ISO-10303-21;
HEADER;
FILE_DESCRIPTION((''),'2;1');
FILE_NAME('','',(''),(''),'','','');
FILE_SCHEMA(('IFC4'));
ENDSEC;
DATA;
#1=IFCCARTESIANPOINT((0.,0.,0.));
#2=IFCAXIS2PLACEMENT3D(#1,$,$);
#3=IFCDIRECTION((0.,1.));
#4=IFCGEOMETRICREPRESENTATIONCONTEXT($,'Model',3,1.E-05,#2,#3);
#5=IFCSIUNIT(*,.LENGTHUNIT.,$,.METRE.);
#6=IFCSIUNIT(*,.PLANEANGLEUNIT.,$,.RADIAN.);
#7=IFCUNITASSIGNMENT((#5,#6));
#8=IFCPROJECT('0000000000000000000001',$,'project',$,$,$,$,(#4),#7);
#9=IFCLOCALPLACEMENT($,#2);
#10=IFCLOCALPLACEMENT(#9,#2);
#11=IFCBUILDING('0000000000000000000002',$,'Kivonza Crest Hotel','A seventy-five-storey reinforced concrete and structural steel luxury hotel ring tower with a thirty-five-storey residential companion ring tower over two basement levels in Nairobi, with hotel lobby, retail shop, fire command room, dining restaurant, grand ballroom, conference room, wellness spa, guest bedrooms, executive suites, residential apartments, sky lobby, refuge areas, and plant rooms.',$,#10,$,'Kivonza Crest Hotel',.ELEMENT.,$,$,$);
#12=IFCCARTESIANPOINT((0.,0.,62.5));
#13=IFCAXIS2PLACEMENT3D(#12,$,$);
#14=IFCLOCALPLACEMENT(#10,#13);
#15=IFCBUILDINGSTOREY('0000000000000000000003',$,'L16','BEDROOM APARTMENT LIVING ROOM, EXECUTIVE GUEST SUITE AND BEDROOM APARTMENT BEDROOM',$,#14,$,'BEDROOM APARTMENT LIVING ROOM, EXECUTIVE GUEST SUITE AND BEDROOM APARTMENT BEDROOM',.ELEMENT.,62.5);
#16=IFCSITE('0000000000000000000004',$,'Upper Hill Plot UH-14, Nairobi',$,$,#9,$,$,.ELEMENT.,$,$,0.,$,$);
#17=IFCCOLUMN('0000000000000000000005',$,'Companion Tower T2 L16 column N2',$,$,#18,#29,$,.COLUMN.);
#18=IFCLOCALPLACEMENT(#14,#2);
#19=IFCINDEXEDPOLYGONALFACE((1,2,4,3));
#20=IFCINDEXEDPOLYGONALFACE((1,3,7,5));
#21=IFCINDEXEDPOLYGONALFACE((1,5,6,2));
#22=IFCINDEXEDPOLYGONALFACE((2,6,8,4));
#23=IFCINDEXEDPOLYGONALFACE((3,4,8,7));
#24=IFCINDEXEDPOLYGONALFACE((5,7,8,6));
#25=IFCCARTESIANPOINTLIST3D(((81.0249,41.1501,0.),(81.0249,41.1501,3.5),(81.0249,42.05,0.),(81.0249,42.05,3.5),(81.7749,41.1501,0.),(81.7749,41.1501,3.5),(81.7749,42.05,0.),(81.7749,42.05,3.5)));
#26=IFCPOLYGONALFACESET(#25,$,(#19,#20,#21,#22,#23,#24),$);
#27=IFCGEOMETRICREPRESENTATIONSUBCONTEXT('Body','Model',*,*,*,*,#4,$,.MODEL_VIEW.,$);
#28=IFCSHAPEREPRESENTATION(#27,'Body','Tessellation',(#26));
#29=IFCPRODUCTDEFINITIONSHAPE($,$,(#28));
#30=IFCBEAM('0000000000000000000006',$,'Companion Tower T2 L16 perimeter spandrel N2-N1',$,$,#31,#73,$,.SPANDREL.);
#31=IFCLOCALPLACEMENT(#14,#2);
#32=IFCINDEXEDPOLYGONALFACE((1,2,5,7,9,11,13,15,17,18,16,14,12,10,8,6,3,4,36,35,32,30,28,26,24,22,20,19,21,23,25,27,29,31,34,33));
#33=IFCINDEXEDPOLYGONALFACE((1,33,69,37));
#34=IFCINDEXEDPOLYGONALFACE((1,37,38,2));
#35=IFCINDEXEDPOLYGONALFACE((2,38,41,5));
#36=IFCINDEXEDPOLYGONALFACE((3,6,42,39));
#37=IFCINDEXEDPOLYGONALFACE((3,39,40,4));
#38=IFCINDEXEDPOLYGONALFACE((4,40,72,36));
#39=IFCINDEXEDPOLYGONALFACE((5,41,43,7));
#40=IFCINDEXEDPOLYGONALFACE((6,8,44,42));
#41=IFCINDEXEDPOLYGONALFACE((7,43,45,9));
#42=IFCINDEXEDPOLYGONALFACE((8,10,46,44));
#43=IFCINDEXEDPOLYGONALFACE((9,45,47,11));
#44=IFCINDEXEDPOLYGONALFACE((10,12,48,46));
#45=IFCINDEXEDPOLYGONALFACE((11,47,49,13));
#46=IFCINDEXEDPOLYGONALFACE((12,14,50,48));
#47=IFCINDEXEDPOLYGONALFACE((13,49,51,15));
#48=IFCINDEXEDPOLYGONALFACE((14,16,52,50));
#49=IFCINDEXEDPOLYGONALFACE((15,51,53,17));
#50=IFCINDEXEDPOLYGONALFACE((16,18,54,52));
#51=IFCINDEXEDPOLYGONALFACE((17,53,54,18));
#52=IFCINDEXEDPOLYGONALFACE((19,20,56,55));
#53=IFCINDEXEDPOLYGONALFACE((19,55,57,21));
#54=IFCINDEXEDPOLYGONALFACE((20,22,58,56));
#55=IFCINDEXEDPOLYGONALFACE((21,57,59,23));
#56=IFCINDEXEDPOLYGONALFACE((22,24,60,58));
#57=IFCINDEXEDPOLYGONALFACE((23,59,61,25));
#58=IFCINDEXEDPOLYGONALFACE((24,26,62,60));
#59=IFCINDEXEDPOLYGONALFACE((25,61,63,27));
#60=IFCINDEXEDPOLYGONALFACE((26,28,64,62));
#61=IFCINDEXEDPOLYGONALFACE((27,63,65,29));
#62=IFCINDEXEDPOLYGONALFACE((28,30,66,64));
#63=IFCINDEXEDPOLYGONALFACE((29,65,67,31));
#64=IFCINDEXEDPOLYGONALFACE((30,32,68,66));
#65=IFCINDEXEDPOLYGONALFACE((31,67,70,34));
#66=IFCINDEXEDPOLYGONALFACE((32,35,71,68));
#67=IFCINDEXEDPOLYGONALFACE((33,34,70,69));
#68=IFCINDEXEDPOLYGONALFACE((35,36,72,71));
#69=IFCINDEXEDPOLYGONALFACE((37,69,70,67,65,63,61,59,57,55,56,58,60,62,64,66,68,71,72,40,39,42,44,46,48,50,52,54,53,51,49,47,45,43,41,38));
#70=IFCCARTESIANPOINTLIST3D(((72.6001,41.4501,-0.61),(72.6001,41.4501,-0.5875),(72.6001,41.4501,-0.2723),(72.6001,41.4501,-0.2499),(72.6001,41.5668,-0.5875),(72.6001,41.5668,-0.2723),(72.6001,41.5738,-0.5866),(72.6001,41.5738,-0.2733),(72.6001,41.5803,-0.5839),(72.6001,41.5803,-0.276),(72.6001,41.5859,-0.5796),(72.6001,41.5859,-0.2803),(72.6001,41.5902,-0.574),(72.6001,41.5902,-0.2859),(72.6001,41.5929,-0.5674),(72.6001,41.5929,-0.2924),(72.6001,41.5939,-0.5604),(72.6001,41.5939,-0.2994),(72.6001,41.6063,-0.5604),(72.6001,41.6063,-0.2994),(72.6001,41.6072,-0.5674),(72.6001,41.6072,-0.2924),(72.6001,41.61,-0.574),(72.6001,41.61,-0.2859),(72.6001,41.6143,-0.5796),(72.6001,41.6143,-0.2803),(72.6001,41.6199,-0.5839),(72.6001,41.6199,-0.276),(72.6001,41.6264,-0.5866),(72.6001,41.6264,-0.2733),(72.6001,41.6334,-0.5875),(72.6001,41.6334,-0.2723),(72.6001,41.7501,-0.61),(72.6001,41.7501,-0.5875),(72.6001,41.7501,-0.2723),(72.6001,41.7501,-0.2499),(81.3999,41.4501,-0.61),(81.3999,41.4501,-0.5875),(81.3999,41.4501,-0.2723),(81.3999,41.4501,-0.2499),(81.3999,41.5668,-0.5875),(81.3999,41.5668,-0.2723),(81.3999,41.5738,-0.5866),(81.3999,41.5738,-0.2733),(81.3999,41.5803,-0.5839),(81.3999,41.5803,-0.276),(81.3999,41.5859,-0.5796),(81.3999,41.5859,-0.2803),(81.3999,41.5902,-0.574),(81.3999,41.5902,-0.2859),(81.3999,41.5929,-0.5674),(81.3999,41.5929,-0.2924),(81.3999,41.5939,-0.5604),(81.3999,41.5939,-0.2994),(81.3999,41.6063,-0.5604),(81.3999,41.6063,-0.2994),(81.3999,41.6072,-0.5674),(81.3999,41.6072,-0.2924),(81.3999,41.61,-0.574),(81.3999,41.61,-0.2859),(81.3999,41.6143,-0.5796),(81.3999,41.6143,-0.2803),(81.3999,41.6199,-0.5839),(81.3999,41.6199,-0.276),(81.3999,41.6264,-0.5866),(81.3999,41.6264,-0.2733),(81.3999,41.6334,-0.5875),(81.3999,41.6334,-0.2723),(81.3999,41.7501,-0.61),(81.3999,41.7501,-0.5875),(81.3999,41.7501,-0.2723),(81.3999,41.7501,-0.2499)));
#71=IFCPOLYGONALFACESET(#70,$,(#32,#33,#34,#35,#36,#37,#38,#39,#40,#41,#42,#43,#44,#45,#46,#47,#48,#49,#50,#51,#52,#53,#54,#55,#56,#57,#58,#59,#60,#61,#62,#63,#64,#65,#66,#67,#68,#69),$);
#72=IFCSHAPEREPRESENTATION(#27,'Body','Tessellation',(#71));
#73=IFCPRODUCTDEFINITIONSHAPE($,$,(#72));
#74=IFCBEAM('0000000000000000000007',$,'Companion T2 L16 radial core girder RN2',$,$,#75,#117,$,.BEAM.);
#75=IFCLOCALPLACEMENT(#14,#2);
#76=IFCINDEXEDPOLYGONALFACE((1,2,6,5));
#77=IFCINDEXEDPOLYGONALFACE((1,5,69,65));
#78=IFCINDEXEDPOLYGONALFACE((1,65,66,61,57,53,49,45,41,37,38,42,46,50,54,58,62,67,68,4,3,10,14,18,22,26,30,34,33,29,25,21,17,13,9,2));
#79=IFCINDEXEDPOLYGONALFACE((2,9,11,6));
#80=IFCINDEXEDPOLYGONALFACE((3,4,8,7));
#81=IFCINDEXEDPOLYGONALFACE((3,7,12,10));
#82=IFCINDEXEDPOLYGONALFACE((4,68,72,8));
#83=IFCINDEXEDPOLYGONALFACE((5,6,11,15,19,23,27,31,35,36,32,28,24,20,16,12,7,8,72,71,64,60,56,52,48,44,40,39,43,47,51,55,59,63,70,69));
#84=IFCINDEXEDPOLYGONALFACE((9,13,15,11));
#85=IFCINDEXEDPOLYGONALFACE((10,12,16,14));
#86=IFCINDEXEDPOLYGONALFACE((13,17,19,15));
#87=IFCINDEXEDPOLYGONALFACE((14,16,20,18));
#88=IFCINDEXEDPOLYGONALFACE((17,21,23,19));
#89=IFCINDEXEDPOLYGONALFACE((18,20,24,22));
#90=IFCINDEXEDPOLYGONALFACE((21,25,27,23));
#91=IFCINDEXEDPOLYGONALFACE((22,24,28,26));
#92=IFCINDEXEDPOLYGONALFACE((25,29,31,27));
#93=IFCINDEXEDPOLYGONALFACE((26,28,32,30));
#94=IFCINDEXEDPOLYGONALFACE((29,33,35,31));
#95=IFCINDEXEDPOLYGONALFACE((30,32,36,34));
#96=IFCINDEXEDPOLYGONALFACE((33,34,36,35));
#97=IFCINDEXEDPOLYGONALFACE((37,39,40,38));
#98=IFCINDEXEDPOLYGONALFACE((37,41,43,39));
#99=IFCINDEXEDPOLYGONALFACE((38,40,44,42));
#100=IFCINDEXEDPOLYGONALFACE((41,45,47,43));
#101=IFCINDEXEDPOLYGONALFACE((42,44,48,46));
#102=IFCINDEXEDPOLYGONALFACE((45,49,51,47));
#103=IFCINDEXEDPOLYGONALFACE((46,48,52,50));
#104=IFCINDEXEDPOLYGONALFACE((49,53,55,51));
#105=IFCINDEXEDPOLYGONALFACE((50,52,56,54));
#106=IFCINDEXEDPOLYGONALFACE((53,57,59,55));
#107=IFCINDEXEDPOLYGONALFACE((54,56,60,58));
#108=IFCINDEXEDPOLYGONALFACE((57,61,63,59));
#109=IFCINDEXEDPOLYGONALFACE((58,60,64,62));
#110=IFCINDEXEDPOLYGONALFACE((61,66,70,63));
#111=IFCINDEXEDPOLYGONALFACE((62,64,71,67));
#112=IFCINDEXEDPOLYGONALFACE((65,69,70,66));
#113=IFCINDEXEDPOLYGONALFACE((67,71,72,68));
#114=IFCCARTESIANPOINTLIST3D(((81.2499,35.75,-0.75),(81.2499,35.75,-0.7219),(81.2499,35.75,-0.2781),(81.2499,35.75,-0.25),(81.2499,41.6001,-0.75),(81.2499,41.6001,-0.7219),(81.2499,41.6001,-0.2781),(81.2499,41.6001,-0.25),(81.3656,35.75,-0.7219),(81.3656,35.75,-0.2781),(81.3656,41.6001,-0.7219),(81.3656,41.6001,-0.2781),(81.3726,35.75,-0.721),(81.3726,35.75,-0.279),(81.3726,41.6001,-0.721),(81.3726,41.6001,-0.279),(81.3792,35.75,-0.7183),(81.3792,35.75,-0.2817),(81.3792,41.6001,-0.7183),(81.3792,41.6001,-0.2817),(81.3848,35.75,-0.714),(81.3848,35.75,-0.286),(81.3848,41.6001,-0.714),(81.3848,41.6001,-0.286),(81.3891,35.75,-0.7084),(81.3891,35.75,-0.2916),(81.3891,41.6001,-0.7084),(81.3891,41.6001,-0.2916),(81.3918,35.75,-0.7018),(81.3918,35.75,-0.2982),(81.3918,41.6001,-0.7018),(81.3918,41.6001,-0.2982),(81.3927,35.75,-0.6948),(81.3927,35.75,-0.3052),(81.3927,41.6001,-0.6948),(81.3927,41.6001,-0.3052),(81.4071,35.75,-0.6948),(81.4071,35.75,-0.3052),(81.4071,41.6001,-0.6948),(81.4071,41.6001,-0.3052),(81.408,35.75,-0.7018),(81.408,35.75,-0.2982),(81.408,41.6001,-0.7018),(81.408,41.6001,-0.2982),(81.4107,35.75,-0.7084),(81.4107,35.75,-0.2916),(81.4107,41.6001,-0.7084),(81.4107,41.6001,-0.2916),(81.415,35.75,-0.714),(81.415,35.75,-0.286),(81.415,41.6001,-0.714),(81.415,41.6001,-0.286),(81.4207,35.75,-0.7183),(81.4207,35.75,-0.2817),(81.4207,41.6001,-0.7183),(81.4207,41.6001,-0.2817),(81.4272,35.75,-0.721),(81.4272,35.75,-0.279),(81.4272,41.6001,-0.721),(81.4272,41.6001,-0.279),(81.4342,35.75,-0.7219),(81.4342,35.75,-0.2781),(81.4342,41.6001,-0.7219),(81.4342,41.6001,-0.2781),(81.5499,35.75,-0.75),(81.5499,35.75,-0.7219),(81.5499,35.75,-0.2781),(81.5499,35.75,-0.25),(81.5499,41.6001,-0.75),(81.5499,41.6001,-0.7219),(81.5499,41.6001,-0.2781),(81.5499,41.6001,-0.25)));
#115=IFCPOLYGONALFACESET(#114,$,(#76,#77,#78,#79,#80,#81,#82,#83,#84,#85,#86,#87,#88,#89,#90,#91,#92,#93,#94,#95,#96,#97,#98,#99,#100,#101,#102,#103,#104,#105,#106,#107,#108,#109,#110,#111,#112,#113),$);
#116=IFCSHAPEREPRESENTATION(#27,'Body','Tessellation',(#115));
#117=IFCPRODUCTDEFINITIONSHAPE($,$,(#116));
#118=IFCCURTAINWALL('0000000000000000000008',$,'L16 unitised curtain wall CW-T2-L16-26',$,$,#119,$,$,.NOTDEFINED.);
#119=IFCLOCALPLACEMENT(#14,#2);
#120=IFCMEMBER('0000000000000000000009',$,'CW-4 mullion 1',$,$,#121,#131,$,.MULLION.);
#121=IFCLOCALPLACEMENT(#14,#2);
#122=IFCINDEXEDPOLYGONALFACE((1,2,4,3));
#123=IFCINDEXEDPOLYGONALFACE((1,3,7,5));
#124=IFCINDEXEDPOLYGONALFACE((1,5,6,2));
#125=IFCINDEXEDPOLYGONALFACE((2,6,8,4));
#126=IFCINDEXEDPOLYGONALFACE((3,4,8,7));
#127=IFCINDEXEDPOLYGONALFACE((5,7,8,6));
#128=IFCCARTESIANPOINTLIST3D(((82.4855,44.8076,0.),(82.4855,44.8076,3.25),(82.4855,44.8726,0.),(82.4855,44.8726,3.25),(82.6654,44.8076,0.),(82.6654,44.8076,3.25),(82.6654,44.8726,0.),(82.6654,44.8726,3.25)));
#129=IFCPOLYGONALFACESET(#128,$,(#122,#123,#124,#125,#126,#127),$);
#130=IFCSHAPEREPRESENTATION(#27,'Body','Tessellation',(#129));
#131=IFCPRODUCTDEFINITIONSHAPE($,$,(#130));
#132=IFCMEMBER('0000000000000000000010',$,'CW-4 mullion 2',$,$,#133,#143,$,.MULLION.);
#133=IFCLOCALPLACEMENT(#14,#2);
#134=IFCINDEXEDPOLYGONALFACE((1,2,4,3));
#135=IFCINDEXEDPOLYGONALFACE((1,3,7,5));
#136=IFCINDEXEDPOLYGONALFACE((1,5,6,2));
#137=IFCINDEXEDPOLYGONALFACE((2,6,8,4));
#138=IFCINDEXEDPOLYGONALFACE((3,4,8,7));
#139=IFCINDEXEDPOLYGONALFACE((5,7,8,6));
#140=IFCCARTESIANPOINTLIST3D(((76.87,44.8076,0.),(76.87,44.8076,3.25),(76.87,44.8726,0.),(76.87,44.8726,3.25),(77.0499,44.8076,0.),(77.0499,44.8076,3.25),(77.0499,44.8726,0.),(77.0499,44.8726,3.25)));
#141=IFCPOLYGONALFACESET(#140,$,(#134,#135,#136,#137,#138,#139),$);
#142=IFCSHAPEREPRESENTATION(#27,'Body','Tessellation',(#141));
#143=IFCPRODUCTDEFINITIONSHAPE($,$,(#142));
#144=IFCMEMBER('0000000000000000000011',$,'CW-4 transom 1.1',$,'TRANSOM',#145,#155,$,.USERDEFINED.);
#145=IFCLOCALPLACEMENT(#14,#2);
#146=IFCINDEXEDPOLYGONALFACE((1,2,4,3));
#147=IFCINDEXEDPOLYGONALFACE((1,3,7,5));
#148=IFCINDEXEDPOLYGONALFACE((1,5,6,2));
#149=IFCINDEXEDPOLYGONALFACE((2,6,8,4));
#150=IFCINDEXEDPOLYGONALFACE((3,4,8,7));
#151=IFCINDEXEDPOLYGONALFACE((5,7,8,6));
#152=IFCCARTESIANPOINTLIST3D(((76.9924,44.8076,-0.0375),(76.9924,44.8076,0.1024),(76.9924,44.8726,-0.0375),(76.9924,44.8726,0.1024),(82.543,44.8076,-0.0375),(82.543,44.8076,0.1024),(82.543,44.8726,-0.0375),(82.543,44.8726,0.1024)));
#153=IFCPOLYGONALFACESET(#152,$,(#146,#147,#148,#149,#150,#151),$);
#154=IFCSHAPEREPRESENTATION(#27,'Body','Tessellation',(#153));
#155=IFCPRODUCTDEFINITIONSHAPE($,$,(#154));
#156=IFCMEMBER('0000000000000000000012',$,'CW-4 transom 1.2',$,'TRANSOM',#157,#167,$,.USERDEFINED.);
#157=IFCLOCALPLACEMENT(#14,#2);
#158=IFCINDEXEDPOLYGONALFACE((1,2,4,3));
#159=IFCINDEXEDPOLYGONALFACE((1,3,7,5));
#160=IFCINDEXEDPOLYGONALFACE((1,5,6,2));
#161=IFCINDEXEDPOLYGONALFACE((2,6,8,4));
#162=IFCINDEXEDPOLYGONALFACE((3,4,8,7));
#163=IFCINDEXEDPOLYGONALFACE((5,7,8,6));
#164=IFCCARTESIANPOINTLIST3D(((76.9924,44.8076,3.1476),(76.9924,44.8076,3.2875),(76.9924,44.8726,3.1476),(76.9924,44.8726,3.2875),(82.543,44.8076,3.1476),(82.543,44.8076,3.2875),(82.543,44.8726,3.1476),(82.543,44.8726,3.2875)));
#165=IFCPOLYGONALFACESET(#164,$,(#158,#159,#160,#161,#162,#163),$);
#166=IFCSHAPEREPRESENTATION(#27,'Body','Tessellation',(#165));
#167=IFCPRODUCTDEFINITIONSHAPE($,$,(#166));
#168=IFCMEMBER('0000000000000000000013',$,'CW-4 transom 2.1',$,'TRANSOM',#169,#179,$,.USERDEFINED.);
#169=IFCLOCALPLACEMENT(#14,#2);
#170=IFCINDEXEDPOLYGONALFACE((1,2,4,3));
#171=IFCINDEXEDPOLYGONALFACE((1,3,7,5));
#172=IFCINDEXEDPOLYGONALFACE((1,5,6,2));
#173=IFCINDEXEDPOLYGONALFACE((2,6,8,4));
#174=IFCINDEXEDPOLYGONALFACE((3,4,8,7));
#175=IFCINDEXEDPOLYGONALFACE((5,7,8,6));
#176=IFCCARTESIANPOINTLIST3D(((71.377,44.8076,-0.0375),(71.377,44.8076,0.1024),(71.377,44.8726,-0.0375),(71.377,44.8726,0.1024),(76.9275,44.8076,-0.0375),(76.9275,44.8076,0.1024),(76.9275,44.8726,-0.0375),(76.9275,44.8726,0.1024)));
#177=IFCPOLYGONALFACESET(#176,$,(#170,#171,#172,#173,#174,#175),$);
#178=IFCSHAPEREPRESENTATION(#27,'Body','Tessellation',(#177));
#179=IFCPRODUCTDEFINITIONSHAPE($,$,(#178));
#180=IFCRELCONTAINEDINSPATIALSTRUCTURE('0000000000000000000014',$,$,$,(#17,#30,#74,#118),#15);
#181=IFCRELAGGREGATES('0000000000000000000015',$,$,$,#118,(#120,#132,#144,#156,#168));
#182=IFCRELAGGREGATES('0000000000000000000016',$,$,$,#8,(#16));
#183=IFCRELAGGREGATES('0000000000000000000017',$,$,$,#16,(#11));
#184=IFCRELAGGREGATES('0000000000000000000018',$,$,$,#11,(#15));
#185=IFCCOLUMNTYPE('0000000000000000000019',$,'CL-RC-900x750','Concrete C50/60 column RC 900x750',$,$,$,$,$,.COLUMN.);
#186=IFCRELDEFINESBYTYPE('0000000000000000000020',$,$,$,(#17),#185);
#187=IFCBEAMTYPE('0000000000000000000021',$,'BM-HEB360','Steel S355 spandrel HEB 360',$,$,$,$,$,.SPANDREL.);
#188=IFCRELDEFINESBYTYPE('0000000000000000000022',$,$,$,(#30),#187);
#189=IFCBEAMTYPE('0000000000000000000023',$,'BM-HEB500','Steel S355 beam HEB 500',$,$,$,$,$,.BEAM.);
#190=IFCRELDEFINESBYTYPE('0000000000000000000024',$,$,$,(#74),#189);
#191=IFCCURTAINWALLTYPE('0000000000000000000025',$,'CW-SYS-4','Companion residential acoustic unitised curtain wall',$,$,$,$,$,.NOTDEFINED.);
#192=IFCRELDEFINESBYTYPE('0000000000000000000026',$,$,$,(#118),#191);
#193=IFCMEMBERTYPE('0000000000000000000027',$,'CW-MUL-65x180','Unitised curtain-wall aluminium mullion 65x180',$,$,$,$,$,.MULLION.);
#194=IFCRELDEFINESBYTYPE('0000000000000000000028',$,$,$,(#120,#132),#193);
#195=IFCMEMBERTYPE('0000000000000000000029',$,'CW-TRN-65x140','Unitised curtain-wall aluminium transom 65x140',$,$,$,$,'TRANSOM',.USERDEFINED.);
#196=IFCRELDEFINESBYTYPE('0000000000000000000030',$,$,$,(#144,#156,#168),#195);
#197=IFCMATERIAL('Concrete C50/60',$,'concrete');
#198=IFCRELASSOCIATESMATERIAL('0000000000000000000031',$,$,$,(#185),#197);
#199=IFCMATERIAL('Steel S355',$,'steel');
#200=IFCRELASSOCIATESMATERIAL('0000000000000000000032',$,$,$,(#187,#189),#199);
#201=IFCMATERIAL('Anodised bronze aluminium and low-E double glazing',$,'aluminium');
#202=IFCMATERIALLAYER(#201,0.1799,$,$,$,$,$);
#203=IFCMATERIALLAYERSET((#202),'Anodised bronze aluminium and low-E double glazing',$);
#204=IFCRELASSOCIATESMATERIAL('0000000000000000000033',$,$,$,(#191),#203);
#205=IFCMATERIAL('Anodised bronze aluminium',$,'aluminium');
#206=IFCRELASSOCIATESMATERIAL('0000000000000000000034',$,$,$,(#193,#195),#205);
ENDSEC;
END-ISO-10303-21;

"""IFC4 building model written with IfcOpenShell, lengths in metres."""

from ifc_helpers import new_model, si_unit, direction, frame, origin, origin_2d, place, context, subcontext, project, spatial, rectangle, i_section, extrude, material, layer, layer_set, material_profile, profile_set, type_object, element, aggregate, save


model = new_model("IFC4")

# Units and contexts
model_context = context("Model", 3, precision=1e-05, world=origin(), true_north=direction((0.0, 1.0)))
body_context = subcontext(model_context, "Body", "Model", "MODEL_VIEW")
ifc_project = project(units=[si_unit("LENGTHUNIT", "METRE"), si_unit("PLANEANGLEUNIT", "RADIAN")], contexts=[model_context])

# Site, building, storey
site_placement = place(None, origin())
site = spatial("IfcSite", under=ifc_project, at=site_placement, Name="Upper Hill Plot UH-14, Nairobi", CompositionType="ELEMENT", RefElevation=0.0)
building_placement = place(site_placement, origin())
building = spatial("IfcBuilding", under=site, at=building_placement, Name="Kivonza Crest Hotel", Description="A seventy-five-storey reinforced concrete and structural steel luxury hotel ring tower with a thirty-five-storey residential companion ring tower over two basement levels in Nairobi, with hotel lobby, retail shop, fire command room, dining restaurant, grand ballroom, conference room, wellness spa, guest bedrooms, executive suites, residential apartments, sky lobby, refuge areas, and plant rooms.", LongName="Kivonza Crest Hotel", CompositionType="ELEMENT")
storey_placement = place(building_placement, frame((0.0, 0.0, 62.5)))
storey = spatial("IfcBuildingStorey", under=building, at=storey_placement, Name="L16", Description="BEDROOM APARTMENT LIVING ROOM, EXECUTIVE GUEST SUITE AND BEDROOM APARTMENT BEDROOM", LongName="BEDROOM APARTMENT LIVING ROOM, EXECUTIVE GUEST SUITE AND BEDROOM APARTMENT BEDROOM", CompositionType="ELEMENT", Elevation=62.5)

# Column
ifc_material_1 = material(Name="Concrete C50/60", Category="concrete")
ifc_material_profile_1 = material_profile(ifc_material_1, rectangle(XDim=0.75, YDim=0.8999, at=origin_2d()), Name="RC 900x750")
ifc_profile_set_1 = profile_set([ifc_material_profile_1], Name="Concrete C50/60")
column_type = type_object("IfcColumnType", Name="CL-RC-900x750", Description="Concrete C50/60 column RC 900x750", PredefinedType="COLUMN", material=ifc_profile_set_1)
column_placement = place(storey_placement, frame((81.3999, 41.6001, 0.0), z_axis=(0.0, 0.0, 1.0), x_axis=(1.0, 0.0, 0.0)))
element("IfcColumn", 1, at=column_placement, inside=storey, type_object=column_type, Name="Companion Tower T2 L16 column N2", PredefinedType="COLUMN", context=body_context, shape_type="SweptSolid", body=[
    extrude(rectangle(XDim=0.75, YDim=0.8999, at=origin_2d()), origin(), (0.0, 0.0, 1.0), 3.5),
])

# Beams
ifc_material_2 = material(Name="Steel S355", Category="steel")
ifc_material_profile_2 = material_profile(ifc_material_2, i_section(OverallWidth=0.3, OverallDepth=0.3601, WebThickness=0.0125, FlangeThickness=0.0225, FilletRadius=0.0271, at=origin_2d()), Name="HEB 360")
ifc_profile_set_2 = profile_set([ifc_material_profile_2], Name="Steel S355")
beam_type_1 = type_object("IfcBeamType", Name="BM-HEB360", Description="Steel S355 spandrel HEB 360", PredefinedType="SPANDREL", material=ifc_profile_set_2)
beam_1_placement = place(storey_placement, frame((81.3999, 41.6001, -0.4299), z_axis=(-1.0, 0.0, 0.0), x_axis=(0.0, -1.0, 0.0)))
element("IfcBeam", 2, at=beam_1_placement, inside=storey, type_object=beam_type_1, Name="Companion Tower T2 L16 perimeter spandrel N2-N1", PredefinedType="SPANDREL", context=body_context, shape_type="SweptSolid", body=[
    extrude(i_section(OverallWidth=0.3, OverallDepth=0.3601, WebThickness=0.0125, FlangeThickness=0.0225, FilletRadius=0.0271, at=origin_2d()), origin(), (0.0, 0.0, 1.0), 8.7998),
])
ifc_material_profile_3 = material_profile(ifc_material_2, i_section(OverallWidth=0.3, OverallDepth=0.5, WebThickness=0.0144, FlangeThickness=0.0281, FilletRadius=0.0271, at=origin_2d()), Name="HEB 500")
ifc_profile_set_3 = profile_set([ifc_material_profile_3], Name="Steel S355")
beam_type_2 = type_object("IfcBeamType", Name="BM-HEB500", Description="Steel S355 beam HEB 500", PredefinedType="BEAM", material=ifc_profile_set_3)
beam_2_placement = place(storey_placement, frame((81.3999, 41.6001, -0.5), z_axis=(0.0, -1.0, 0.0), x_axis=(1.0, 0.0, 0.0)))
element("IfcBeam", 3, at=beam_2_placement, inside=storey, type_object=beam_type_2, Name="Companion T2 L16 radial core girder RN2", PredefinedType="BEAM", context=body_context, shape_type="SweptSolid", body=[
    extrude(i_section(OverallWidth=0.3, OverallDepth=0.5, WebThickness=0.0144, FlangeThickness=0.0281, FilletRadius=0.0271, at=origin_2d()), origin(), (0.0, 0.0, 1.0), 5.8501),
])

# Curtain wall, members
ifc_material_3 = material(Name="Anodised bronze aluminium and low-E double glazing", Category="aluminium")
ifc_layer_1 = layer(ifc_material_3, 0.1799)
ifc_layer_set_1 = layer_set([ifc_layer_1], Name="Anodised bronze aluminium and low-E double glazing")
curtain_wall_type = type_object("IfcCurtainWallType", Name="CW-SYS-4", Description="Companion residential acoustic unitised curtain wall", PredefinedType="NOTDEFINED", material=ifc_layer_set_1)
curtain_wall_placement = place(storey_placement, origin())
curtain_wall = element("IfcCurtainWall", 4, at=curtain_wall_placement, inside=storey, type_object=curtain_wall_type, Name="L16 unitised curtain wall CW-T2-L16-26", PredefinedType="NOTDEFINED")
ifc_material_4 = material(Name="Anodised bronze aluminium", Category="aluminium")
ifc_material_profile_4 = material_profile(ifc_material_4, rectangle(XDim=0.0649, YDim=0.1799, at=origin_2d()), Name="CW-M 65x180")
ifc_profile_set_4 = profile_set([ifc_material_profile_4], Name="Anodised bronze aluminium")
member_type_1 = type_object("IfcMemberType", Name="CW-MUL-65x180", Description="Unitised curtain-wall aluminium mullion 65x180", PredefinedType="MULLION", material=ifc_profile_set_4)
member_1_placement = place(storey_placement, frame((82.5754, 44.8401, 0.0), z_axis=(0.0, 0.0, 1.0), x_axis=(0.0, -1.0, 0.0)))
member_1 = element("IfcMember", 5, at=member_1_placement, type_object=member_type_1, Name="CW-4 mullion 1", PredefinedType="MULLION", context=body_context, shape_type="SweptSolid", body=[
    extrude(rectangle(XDim=0.0649, YDim=0.1799, at=origin_2d()), origin(), (0.0, 0.0, 1.0), 3.25),
])
member_2_placement = place(storey_placement, frame((76.96, 44.8401, 0.0), z_axis=(0.0, 0.0, 1.0), x_axis=(0.0, -1.0, 0.0)))
member_2 = element("IfcMember", 6, at=member_2_placement, type_object=member_type_1, Name="CW-4 mullion 2", PredefinedType="MULLION", context=body_context, shape_type="SweptSolid", body=[
    extrude(rectangle(XDim=0.0649, YDim=0.1799, at=origin_2d()), origin(), (0.0, 0.0, 1.0), 3.25),
])
ifc_material_profile_5 = material_profile(ifc_material_4, rectangle(XDim=0.0649, YDim=0.1399, at=origin_2d()), Name="CW-T 65x140")
ifc_profile_set_5 = profile_set([ifc_material_profile_5], Name="Anodised bronze aluminium")
member_type_2 = type_object("IfcMemberType", Name="CW-TRN-65x140", Description="Unitised curtain-wall aluminium transom 65x140", ElementType="TRANSOM", PredefinedType="USERDEFINED", material=ifc_profile_set_5)
member_3_placement = place(storey_placement, frame((82.543, 44.8401, 0.0325), z_axis=(-1.0, 0.0, 0.0), x_axis=(0.0, -1.0, 0.0)))
member_3 = element("IfcMember", 7, at=member_3_placement, type_object=member_type_2, Name="CW-4 transom 1.1", ObjectType="TRANSOM", PredefinedType="USERDEFINED", context=body_context, shape_type="SweptSolid", body=[
    extrude(rectangle(XDim=0.0649, YDim=0.1399, at=origin_2d()), origin(), (0.0, 0.0, 1.0), 5.5505),
])
member_4_placement = place(storey_placement, frame((82.543, 44.8401, 3.2175), z_axis=(-1.0, 0.0, 0.0), x_axis=(0.0, -1.0, 0.0)))
member_4 = element("IfcMember", 8, at=member_4_placement, type_object=member_type_2, Name="CW-4 transom 1.2", ObjectType="TRANSOM", PredefinedType="USERDEFINED", context=body_context, shape_type="SweptSolid", body=[
    extrude(rectangle(XDim=0.0649, YDim=0.1399, at=origin_2d()), origin(), (0.0, 0.0, 1.0), 5.5505),
])
member_5_placement = place(storey_placement, frame((76.9275, 44.8401, 0.0325), z_axis=(-1.0, 0.0, 0.0), x_axis=(0.0, -1.0, 0.0)))
member_5 = element("IfcMember", 9, at=member_5_placement, type_object=member_type_2, Name="CW-4 transom 2.1", ObjectType="TRANSOM", PredefinedType="USERDEFINED", context=body_context, shape_type="SweptSolid", body=[
    extrude(rectangle(XDim=0.0649, YDim=0.1399, at=origin_2d()), origin(), (0.0, 0.0, 1.0), 5.5505),
])
aggregate(curtain_wall, [member_1, member_2, member_3, member_4, member_5])

save(model, "model.ifc")
